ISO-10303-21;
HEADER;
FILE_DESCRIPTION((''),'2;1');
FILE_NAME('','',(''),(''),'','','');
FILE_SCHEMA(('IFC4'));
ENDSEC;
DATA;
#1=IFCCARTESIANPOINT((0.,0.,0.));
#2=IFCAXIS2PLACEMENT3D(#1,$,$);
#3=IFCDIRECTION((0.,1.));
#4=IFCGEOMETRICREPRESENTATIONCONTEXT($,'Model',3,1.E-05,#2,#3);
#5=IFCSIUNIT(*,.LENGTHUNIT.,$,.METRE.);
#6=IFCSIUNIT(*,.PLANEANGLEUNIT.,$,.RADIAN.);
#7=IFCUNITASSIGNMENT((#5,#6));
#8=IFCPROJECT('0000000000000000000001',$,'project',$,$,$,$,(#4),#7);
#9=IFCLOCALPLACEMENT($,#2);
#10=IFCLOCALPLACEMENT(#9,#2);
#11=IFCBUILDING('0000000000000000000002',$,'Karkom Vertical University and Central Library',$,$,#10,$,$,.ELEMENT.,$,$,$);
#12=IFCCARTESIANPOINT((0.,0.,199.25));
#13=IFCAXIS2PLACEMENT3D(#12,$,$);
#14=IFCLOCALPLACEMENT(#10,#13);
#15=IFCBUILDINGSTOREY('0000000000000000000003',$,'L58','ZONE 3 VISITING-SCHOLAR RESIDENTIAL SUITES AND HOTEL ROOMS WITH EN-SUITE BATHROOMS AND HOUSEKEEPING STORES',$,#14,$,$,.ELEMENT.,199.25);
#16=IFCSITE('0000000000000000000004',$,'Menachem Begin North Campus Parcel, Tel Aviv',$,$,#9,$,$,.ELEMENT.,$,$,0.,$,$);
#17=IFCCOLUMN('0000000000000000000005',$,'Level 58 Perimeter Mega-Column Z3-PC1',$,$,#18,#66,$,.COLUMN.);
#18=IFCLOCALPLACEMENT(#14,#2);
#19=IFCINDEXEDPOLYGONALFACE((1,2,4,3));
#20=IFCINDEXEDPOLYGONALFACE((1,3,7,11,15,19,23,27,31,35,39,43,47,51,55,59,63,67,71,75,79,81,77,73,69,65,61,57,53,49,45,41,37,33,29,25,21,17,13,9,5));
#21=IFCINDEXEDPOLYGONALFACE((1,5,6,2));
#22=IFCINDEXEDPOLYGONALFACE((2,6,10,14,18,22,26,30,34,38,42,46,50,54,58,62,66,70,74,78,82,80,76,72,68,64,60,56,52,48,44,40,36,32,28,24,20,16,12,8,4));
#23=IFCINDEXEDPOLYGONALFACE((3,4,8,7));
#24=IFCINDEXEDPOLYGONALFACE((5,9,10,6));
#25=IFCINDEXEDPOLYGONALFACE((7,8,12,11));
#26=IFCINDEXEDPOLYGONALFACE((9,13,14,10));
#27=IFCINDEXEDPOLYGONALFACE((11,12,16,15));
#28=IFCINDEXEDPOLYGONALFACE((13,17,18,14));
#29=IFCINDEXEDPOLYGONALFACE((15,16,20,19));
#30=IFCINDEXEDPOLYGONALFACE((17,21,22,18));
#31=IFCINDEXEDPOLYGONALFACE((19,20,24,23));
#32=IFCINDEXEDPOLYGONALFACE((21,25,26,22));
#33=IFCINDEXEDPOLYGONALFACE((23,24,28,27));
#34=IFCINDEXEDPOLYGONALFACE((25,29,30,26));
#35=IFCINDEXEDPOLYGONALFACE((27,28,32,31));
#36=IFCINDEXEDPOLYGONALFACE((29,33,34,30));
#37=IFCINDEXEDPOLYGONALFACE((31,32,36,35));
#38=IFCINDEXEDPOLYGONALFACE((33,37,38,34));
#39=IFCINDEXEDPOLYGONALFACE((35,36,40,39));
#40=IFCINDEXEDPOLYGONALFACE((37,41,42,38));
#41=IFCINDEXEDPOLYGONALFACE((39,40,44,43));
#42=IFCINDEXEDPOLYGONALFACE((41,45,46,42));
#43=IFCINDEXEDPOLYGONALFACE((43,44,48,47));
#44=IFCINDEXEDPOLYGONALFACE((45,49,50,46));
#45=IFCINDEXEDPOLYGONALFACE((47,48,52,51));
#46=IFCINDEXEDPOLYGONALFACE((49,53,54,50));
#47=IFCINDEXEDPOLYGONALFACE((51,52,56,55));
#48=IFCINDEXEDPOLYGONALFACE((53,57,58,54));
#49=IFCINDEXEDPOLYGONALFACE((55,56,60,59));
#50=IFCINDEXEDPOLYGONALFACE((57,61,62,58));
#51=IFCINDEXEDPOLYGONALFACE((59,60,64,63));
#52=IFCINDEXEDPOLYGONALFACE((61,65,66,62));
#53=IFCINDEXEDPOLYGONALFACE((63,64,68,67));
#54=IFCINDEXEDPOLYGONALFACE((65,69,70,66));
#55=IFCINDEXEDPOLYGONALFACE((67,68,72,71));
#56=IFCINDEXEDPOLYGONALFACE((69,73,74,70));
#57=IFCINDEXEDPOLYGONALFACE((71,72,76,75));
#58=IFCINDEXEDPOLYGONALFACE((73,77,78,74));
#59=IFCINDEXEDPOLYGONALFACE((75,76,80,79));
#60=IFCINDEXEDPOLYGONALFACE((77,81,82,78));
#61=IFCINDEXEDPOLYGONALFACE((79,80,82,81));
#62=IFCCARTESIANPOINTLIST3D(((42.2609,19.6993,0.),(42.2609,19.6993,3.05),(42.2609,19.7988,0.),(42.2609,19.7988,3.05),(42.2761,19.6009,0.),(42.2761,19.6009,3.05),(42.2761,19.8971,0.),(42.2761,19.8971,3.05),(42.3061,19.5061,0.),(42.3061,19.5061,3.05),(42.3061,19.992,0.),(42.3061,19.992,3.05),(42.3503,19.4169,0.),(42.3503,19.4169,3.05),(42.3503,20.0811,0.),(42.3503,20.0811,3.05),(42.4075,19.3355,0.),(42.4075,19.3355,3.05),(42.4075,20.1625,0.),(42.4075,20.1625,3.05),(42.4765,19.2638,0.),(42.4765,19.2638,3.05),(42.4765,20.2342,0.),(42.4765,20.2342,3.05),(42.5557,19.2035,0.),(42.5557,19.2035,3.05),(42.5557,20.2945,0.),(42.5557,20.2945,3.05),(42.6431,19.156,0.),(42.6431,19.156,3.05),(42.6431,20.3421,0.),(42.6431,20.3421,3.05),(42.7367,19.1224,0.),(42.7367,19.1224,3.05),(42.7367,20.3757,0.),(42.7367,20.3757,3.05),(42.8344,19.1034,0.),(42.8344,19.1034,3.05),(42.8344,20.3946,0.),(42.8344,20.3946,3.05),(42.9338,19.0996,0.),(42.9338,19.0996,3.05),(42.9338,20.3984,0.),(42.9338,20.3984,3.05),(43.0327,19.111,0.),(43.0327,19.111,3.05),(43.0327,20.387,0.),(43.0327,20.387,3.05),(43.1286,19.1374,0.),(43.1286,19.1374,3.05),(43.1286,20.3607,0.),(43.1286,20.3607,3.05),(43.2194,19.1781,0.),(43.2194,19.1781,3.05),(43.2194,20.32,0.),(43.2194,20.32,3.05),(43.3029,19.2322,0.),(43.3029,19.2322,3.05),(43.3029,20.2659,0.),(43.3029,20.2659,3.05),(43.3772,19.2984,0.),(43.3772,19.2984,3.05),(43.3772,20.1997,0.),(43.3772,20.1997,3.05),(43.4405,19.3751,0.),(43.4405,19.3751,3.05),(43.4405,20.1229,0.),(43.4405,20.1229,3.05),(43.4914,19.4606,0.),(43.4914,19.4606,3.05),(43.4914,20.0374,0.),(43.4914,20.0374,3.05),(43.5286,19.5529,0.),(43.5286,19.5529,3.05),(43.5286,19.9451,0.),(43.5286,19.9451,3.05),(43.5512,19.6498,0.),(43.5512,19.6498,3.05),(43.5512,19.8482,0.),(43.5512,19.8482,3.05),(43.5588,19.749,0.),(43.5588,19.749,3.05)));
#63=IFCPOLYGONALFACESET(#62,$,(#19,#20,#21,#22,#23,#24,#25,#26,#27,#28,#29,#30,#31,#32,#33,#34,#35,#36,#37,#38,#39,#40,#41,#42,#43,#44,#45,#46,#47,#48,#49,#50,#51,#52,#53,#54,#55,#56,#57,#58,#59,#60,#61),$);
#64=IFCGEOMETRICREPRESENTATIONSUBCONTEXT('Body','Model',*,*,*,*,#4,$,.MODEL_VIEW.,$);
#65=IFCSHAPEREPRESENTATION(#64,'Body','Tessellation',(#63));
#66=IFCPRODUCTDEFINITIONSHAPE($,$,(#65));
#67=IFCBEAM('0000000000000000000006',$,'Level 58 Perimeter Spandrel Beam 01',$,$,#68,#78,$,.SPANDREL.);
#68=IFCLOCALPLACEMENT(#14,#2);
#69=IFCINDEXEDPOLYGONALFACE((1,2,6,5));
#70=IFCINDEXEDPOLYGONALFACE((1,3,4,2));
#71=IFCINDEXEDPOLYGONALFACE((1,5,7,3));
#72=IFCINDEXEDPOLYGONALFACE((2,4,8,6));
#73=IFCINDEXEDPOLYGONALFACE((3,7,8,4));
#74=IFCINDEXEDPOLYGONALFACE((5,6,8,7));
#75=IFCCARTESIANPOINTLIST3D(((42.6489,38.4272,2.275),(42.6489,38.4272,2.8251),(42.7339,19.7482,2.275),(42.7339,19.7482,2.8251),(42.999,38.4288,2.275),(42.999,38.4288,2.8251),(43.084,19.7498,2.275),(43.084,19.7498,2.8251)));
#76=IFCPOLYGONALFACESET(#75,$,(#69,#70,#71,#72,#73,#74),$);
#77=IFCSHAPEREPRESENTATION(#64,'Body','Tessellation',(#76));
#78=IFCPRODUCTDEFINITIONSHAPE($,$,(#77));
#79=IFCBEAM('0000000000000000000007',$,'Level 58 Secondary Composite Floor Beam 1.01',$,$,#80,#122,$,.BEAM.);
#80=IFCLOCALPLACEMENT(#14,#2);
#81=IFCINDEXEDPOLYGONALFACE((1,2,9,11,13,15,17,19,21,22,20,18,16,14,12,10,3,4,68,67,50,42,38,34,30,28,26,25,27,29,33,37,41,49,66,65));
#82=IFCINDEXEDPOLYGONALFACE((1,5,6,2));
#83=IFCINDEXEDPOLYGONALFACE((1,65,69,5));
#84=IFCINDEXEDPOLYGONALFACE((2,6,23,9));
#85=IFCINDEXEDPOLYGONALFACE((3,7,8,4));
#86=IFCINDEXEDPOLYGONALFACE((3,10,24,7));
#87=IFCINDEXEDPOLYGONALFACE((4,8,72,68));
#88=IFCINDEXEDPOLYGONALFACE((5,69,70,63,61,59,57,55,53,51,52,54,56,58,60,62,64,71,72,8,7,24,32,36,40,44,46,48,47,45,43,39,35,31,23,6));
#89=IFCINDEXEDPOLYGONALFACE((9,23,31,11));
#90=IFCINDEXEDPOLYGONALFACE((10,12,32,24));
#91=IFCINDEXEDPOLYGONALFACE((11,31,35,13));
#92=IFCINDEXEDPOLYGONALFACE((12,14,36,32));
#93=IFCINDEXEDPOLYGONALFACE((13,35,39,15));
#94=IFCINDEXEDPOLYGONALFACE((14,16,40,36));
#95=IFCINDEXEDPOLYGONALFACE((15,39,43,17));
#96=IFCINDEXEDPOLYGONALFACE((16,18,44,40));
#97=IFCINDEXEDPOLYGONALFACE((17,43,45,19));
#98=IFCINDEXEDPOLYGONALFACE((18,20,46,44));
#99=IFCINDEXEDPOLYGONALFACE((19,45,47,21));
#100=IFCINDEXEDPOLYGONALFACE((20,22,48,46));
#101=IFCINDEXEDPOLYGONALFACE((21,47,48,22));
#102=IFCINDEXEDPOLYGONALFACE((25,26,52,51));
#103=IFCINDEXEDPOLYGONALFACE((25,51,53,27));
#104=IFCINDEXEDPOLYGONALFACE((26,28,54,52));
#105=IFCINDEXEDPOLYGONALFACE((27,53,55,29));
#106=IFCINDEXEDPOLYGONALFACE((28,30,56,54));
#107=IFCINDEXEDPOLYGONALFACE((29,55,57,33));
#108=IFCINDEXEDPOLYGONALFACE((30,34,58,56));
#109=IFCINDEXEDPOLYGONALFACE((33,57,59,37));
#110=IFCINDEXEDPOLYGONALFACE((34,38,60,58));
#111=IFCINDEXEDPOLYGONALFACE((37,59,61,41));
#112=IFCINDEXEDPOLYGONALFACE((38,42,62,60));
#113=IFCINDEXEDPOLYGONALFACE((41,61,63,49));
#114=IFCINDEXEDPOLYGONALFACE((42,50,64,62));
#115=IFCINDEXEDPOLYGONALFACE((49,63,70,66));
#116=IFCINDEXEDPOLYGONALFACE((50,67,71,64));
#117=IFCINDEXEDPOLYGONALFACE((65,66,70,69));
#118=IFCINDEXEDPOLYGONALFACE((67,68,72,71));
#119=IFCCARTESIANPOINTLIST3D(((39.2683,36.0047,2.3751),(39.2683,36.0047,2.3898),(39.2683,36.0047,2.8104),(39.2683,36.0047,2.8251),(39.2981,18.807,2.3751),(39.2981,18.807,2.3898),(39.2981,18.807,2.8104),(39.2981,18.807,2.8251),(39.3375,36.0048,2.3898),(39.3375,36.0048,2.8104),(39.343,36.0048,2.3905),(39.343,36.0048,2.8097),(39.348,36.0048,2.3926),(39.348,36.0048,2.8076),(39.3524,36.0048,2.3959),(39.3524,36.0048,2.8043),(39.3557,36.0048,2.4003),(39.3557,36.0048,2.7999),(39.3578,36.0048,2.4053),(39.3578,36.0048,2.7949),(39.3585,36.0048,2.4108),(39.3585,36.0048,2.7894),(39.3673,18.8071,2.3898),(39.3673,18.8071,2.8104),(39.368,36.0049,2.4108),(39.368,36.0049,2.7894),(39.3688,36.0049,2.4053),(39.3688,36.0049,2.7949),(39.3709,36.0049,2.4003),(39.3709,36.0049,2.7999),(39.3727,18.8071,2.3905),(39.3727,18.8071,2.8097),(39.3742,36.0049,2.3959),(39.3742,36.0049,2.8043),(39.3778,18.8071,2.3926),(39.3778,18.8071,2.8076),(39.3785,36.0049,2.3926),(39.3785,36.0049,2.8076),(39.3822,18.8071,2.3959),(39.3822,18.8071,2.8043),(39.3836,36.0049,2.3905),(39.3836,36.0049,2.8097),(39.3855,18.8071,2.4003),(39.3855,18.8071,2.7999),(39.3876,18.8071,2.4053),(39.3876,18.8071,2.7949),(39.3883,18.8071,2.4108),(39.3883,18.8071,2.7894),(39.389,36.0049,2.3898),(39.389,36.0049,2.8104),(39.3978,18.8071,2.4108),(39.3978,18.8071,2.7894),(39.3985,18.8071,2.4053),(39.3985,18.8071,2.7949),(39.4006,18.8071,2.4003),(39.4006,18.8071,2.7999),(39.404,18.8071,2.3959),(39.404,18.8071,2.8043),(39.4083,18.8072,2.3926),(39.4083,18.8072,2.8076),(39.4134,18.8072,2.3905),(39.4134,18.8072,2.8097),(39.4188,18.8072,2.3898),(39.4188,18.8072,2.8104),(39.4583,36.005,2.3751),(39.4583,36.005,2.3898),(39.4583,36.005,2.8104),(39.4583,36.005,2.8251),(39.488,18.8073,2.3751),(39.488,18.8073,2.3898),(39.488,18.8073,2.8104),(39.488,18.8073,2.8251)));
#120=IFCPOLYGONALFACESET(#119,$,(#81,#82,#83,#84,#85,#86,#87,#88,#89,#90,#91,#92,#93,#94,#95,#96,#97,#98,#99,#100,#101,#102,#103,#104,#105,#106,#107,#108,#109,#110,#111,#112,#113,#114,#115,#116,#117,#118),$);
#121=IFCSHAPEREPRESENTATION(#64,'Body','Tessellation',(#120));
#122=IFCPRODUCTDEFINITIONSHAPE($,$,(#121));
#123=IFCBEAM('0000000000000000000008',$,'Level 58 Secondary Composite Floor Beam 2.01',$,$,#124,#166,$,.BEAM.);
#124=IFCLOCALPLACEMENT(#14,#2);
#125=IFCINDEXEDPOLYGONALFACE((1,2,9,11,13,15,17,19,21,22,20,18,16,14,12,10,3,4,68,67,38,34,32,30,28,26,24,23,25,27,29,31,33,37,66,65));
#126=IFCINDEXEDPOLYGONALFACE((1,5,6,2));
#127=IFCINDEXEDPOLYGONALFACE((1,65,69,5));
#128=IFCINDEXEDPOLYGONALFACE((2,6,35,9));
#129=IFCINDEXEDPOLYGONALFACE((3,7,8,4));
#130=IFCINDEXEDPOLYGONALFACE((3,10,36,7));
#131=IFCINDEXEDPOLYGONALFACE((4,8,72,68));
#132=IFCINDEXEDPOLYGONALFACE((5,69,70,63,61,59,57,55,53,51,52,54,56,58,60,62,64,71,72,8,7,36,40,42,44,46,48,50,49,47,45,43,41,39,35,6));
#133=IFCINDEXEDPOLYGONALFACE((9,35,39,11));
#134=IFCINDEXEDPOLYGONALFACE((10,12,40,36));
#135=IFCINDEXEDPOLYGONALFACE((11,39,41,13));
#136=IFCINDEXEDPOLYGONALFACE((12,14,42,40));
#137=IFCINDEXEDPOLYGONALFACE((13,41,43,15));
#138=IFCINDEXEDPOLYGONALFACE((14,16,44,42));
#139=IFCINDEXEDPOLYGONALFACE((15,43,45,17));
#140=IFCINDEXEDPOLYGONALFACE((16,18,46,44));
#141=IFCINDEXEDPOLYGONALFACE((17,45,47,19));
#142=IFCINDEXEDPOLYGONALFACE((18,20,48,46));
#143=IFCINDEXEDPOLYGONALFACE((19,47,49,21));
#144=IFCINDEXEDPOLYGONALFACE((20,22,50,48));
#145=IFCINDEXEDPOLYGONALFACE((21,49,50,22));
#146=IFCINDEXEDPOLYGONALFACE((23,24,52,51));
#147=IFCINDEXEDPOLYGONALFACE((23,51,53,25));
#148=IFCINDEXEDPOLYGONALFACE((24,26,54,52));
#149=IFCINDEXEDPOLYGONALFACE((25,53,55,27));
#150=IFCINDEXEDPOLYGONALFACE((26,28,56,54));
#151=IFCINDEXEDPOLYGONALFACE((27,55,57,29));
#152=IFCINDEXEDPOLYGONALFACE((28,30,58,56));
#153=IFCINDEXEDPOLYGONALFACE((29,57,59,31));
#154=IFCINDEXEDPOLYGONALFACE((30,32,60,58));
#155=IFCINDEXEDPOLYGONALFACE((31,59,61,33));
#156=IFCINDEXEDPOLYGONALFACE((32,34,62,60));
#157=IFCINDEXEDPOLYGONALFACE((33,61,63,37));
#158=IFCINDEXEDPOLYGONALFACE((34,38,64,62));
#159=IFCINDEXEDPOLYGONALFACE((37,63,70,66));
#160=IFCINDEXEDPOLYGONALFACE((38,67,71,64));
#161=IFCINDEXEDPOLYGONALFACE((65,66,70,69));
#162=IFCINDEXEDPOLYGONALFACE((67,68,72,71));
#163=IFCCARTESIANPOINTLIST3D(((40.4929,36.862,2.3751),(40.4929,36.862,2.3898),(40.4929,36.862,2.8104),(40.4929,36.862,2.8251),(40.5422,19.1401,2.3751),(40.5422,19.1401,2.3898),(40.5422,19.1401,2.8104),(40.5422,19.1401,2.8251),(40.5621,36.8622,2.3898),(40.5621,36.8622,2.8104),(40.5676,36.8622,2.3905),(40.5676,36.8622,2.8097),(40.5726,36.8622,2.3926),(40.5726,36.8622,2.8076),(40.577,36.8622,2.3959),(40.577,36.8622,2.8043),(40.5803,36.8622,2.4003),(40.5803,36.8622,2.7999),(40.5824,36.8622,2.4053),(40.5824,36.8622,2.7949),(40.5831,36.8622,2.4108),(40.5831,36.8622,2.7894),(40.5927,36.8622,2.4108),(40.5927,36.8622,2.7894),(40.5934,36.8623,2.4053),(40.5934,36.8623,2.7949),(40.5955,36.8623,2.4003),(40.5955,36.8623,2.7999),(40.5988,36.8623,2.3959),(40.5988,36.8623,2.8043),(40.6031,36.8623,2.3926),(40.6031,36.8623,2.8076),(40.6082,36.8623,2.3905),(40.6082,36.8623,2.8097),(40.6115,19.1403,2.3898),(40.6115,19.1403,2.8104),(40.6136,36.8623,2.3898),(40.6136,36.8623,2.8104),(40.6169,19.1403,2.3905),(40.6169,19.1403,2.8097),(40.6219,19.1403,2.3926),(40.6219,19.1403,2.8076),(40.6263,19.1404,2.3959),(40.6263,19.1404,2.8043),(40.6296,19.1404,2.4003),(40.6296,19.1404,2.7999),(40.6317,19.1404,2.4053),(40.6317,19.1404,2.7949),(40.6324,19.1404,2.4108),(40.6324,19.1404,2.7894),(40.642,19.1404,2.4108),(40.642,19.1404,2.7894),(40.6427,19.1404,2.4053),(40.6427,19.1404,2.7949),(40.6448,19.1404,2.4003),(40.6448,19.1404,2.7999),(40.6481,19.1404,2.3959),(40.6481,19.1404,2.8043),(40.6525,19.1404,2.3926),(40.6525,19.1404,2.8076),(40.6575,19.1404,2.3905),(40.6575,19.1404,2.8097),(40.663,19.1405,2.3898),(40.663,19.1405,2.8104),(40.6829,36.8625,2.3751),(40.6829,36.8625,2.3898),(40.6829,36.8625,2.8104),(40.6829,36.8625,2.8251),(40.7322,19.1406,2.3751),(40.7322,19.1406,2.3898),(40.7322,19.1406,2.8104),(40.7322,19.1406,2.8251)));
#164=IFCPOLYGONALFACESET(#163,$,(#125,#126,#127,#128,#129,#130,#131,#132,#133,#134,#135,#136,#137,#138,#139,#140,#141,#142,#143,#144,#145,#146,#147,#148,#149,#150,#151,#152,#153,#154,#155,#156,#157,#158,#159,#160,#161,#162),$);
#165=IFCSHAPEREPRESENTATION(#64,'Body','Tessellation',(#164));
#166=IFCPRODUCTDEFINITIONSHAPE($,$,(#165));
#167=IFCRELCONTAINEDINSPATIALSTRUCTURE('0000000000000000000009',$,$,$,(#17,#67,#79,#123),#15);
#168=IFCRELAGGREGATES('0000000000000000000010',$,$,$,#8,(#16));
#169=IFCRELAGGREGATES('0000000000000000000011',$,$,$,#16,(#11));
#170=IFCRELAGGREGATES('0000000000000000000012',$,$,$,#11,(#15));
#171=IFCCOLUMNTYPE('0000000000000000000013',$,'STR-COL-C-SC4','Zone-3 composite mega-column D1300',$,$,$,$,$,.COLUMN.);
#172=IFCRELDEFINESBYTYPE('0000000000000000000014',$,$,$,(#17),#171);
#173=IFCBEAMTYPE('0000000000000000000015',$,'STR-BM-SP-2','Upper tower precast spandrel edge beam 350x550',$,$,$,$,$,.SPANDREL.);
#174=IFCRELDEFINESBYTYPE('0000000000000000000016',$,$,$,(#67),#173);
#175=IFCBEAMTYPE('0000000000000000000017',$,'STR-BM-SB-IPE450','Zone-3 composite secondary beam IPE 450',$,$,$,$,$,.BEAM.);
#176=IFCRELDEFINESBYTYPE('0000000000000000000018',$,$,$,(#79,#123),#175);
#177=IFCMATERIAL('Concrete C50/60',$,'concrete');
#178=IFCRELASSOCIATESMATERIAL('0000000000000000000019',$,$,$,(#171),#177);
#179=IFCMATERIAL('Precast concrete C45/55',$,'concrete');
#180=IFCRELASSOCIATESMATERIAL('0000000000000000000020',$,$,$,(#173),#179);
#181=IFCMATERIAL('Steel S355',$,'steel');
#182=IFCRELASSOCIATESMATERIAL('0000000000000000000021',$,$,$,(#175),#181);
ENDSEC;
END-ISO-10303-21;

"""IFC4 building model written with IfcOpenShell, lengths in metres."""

from ifc_helpers import new_model, si_unit, direction, frame, origin, origin_with_axes, origin_2d, place, context, subcontext, project, spatial, rectangle, circle, i_section, extrude, source, transform, mapped, material, material_profile, profile_set, type_object, element, save


model = new_model("IFC4")

# Units and contexts
model_context = context("Model", 3, precision=1e-05, world=origin(), true_north=direction((0.0, 1.0)))
body_context = subcontext(model_context, "Body", "Model", "MODEL_VIEW")
ifc_project = project(units=[si_unit("LENGTHUNIT", "METRE"), si_unit("PLANEANGLEUNIT", "RADIAN")], contexts=[model_context])

# Site, building, storey
site_placement = place(None, origin())
site = spatial("IfcSite", under=ifc_project, at=site_placement, Name="Menachem Begin North Campus Parcel, Tel Aviv", CompositionType="ELEMENT", RefElevation=0.0)
building_placement = place(site_placement, origin())
building = spatial("IfcBuilding", under=site, at=building_placement, Name="Karkom Vertical University and Central Library", CompositionType="ELEMENT")
storey_placement = place(building_placement, frame((0.0, 0.0, 199.25)))
storey = spatial("IfcBuildingStorey", under=building, at=storey_placement, Name="L58", Description="ZONE 3 VISITING-SCHOLAR RESIDENTIAL SUITES AND HOTEL ROOMS WITH EN-SUITE BATHROOMS AND HOUSEKEEPING STORES", CompositionType="ELEMENT", Elevation=199.25)

# Column
ifc_material_1 = material(Name="Concrete C50/60", Category="concrete")
ifc_material_profile_1 = material_profile(ifc_material_1, circle(Radius=0.6499, at=origin_2d()), Name="CFT-D1300")
ifc_profile_set_1 = profile_set([ifc_material_profile_1], Name="Concrete C50/60")
column_type = type_object("IfcColumnType", Name="STR-COL-C-SC4", Description="Zone-3 composite mega-column D1300", PredefinedType="COLUMN", material=ifc_profile_set_1)
shared_shape_1 = source(origin_with_axes(), body_context, "Body", "SweptSolid", [
    extrude(circle(Radius=0.6499, at=origin_2d()), origin(), (0.0, 0.0, 1.0), 3.05),
])
column_placement = place(storey_placement, frame((42.9089, 19.749, 0.0), z_axis=(0.0, 0.0, 1.0), x_axis=(1.0, 0.0, 0.0)))
element("IfcColumn", 1, at=column_placement, inside=storey, type_object=column_type, Name="Level 58 Perimeter Mega-Column Z3-PC1", PredefinedType="COLUMN", context=body_context, shape_type="MappedRepresentation", body=[
    mapped(shared_shape_1, transform((0.0, 0.0, 0.0), scale=1.0)),
])

# Beams
ifc_material_2 = material(Name="Precast concrete C45/55", Category="concrete")
ifc_material_profile_2 = material_profile(ifc_material_2, rectangle(XDim=0.3501, YDim=0.55, at=origin_2d()), Name="SPB-350x550")
ifc_profile_set_2 = profile_set([ifc_material_profile_2], Name="Precast concrete C45/55")
beam_type_1 = type_object("IfcBeamType", Name="STR-BM-SP-2", Description="Upper tower precast spandrel edge beam 350x550", PredefinedType="SPANDREL", material=ifc_profile_set_2)
shared_shape_2 = source(origin_with_axes(), body_context, "Body", "SweptSolid", [
    extrude(rectangle(XDim=0.3501, YDim=0.55, at=origin_2d()), origin(), (0.0, 0.0, 1.0), 18.6792),
])
beam_1_placement = place(storey_placement, frame((42.9089, 19.749, 2.55), z_axis=(-0.004548, 0.99999, 0.0), x_axis=(-0.99999, -0.004548, 0.0)))
element("IfcBeam", 2, at=beam_1_placement, inside=storey, type_object=beam_type_1, Name="Level 58 Perimeter Spandrel Beam 01", PredefinedType="SPANDREL", context=body_context, shape_type="MappedRepresentation", body=[
    mapped(shared_shape_2, transform((0.0, 0.0, 0.0), scale=1.0)),
])
ifc_material_3 = material(Name="Steel S355", Category="steel")
ifc_material_profile_3 = material_profile(ifc_material_3, i_section(OverallWidth=0.1899, OverallDepth=0.45, WebThickness=0.0095, FlangeThickness=0.0146, FilletRadius=0.021, at=origin_2d()), Name="IPE 450")
ifc_profile_set_3 = profile_set([ifc_material_profile_3], Name="Steel S355")
beam_type_2 = type_object("IfcBeamType", Name="STR-BM-SB-IPE450", Description="Zone-3 composite secondary beam IPE 450", PredefinedType="BEAM", material=ifc_profile_set_3)
shared_shape_3 = source(origin_with_axes(), body_context, "Body", "SweptSolid", [
    extrude(i_section(OverallWidth=0.1899, OverallDepth=0.45, WebThickness=0.0095, FlangeThickness=0.0146, FilletRadius=0.021, at=origin_2d()), origin(), (0.0, 0.0, 1.0), 17.1978),
])
beam_2_placement = place(storey_placement, frame((39.3931, 18.8071, 2.6001), z_axis=(-0.001732, 0.999999, 0.0), x_axis=(-0.999999, -0.001732, 0.0)))
element("IfcBeam", 3, at=beam_2_placement, inside=storey, type_object=beam_type_2, Name="Level 58 Secondary Composite Floor Beam 1.01", PredefinedType="BEAM", context=body_context, shape_type="MappedRepresentation", body=[
    mapped(shared_shape_3, transform((0.0, 0.0, 0.0), scale=1.0)),
])
shared_shape_4 = source(origin_with_axes(), body_context, "Body", "SweptSolid", [
    extrude(i_section(OverallWidth=0.1899, OverallDepth=0.45, WebThickness=0.0095, FlangeThickness=0.0146, FilletRadius=0.021, at=origin_2d()), origin(), (0.0, 0.0, 1.0), 17.7219),
])
beam_3_placement = place(storey_placement, frame((40.6372, 19.1404, 2.6001), z_axis=(-0.002783, 0.999996, 0.0), x_axis=(-0.999996, -0.002783, 0.0)))
element("IfcBeam", 4, at=beam_3_placement, inside=storey, type_object=beam_type_2, Name="Level 58 Secondary Composite Floor Beam 2.01", PredefinedType="BEAM", context=body_context, shape_type="MappedRepresentation", body=[
    mapped(shared_shape_4, transform((0.0, 0.0, 0.0), scale=1.0)),
])

save(model, "model.ifc")
